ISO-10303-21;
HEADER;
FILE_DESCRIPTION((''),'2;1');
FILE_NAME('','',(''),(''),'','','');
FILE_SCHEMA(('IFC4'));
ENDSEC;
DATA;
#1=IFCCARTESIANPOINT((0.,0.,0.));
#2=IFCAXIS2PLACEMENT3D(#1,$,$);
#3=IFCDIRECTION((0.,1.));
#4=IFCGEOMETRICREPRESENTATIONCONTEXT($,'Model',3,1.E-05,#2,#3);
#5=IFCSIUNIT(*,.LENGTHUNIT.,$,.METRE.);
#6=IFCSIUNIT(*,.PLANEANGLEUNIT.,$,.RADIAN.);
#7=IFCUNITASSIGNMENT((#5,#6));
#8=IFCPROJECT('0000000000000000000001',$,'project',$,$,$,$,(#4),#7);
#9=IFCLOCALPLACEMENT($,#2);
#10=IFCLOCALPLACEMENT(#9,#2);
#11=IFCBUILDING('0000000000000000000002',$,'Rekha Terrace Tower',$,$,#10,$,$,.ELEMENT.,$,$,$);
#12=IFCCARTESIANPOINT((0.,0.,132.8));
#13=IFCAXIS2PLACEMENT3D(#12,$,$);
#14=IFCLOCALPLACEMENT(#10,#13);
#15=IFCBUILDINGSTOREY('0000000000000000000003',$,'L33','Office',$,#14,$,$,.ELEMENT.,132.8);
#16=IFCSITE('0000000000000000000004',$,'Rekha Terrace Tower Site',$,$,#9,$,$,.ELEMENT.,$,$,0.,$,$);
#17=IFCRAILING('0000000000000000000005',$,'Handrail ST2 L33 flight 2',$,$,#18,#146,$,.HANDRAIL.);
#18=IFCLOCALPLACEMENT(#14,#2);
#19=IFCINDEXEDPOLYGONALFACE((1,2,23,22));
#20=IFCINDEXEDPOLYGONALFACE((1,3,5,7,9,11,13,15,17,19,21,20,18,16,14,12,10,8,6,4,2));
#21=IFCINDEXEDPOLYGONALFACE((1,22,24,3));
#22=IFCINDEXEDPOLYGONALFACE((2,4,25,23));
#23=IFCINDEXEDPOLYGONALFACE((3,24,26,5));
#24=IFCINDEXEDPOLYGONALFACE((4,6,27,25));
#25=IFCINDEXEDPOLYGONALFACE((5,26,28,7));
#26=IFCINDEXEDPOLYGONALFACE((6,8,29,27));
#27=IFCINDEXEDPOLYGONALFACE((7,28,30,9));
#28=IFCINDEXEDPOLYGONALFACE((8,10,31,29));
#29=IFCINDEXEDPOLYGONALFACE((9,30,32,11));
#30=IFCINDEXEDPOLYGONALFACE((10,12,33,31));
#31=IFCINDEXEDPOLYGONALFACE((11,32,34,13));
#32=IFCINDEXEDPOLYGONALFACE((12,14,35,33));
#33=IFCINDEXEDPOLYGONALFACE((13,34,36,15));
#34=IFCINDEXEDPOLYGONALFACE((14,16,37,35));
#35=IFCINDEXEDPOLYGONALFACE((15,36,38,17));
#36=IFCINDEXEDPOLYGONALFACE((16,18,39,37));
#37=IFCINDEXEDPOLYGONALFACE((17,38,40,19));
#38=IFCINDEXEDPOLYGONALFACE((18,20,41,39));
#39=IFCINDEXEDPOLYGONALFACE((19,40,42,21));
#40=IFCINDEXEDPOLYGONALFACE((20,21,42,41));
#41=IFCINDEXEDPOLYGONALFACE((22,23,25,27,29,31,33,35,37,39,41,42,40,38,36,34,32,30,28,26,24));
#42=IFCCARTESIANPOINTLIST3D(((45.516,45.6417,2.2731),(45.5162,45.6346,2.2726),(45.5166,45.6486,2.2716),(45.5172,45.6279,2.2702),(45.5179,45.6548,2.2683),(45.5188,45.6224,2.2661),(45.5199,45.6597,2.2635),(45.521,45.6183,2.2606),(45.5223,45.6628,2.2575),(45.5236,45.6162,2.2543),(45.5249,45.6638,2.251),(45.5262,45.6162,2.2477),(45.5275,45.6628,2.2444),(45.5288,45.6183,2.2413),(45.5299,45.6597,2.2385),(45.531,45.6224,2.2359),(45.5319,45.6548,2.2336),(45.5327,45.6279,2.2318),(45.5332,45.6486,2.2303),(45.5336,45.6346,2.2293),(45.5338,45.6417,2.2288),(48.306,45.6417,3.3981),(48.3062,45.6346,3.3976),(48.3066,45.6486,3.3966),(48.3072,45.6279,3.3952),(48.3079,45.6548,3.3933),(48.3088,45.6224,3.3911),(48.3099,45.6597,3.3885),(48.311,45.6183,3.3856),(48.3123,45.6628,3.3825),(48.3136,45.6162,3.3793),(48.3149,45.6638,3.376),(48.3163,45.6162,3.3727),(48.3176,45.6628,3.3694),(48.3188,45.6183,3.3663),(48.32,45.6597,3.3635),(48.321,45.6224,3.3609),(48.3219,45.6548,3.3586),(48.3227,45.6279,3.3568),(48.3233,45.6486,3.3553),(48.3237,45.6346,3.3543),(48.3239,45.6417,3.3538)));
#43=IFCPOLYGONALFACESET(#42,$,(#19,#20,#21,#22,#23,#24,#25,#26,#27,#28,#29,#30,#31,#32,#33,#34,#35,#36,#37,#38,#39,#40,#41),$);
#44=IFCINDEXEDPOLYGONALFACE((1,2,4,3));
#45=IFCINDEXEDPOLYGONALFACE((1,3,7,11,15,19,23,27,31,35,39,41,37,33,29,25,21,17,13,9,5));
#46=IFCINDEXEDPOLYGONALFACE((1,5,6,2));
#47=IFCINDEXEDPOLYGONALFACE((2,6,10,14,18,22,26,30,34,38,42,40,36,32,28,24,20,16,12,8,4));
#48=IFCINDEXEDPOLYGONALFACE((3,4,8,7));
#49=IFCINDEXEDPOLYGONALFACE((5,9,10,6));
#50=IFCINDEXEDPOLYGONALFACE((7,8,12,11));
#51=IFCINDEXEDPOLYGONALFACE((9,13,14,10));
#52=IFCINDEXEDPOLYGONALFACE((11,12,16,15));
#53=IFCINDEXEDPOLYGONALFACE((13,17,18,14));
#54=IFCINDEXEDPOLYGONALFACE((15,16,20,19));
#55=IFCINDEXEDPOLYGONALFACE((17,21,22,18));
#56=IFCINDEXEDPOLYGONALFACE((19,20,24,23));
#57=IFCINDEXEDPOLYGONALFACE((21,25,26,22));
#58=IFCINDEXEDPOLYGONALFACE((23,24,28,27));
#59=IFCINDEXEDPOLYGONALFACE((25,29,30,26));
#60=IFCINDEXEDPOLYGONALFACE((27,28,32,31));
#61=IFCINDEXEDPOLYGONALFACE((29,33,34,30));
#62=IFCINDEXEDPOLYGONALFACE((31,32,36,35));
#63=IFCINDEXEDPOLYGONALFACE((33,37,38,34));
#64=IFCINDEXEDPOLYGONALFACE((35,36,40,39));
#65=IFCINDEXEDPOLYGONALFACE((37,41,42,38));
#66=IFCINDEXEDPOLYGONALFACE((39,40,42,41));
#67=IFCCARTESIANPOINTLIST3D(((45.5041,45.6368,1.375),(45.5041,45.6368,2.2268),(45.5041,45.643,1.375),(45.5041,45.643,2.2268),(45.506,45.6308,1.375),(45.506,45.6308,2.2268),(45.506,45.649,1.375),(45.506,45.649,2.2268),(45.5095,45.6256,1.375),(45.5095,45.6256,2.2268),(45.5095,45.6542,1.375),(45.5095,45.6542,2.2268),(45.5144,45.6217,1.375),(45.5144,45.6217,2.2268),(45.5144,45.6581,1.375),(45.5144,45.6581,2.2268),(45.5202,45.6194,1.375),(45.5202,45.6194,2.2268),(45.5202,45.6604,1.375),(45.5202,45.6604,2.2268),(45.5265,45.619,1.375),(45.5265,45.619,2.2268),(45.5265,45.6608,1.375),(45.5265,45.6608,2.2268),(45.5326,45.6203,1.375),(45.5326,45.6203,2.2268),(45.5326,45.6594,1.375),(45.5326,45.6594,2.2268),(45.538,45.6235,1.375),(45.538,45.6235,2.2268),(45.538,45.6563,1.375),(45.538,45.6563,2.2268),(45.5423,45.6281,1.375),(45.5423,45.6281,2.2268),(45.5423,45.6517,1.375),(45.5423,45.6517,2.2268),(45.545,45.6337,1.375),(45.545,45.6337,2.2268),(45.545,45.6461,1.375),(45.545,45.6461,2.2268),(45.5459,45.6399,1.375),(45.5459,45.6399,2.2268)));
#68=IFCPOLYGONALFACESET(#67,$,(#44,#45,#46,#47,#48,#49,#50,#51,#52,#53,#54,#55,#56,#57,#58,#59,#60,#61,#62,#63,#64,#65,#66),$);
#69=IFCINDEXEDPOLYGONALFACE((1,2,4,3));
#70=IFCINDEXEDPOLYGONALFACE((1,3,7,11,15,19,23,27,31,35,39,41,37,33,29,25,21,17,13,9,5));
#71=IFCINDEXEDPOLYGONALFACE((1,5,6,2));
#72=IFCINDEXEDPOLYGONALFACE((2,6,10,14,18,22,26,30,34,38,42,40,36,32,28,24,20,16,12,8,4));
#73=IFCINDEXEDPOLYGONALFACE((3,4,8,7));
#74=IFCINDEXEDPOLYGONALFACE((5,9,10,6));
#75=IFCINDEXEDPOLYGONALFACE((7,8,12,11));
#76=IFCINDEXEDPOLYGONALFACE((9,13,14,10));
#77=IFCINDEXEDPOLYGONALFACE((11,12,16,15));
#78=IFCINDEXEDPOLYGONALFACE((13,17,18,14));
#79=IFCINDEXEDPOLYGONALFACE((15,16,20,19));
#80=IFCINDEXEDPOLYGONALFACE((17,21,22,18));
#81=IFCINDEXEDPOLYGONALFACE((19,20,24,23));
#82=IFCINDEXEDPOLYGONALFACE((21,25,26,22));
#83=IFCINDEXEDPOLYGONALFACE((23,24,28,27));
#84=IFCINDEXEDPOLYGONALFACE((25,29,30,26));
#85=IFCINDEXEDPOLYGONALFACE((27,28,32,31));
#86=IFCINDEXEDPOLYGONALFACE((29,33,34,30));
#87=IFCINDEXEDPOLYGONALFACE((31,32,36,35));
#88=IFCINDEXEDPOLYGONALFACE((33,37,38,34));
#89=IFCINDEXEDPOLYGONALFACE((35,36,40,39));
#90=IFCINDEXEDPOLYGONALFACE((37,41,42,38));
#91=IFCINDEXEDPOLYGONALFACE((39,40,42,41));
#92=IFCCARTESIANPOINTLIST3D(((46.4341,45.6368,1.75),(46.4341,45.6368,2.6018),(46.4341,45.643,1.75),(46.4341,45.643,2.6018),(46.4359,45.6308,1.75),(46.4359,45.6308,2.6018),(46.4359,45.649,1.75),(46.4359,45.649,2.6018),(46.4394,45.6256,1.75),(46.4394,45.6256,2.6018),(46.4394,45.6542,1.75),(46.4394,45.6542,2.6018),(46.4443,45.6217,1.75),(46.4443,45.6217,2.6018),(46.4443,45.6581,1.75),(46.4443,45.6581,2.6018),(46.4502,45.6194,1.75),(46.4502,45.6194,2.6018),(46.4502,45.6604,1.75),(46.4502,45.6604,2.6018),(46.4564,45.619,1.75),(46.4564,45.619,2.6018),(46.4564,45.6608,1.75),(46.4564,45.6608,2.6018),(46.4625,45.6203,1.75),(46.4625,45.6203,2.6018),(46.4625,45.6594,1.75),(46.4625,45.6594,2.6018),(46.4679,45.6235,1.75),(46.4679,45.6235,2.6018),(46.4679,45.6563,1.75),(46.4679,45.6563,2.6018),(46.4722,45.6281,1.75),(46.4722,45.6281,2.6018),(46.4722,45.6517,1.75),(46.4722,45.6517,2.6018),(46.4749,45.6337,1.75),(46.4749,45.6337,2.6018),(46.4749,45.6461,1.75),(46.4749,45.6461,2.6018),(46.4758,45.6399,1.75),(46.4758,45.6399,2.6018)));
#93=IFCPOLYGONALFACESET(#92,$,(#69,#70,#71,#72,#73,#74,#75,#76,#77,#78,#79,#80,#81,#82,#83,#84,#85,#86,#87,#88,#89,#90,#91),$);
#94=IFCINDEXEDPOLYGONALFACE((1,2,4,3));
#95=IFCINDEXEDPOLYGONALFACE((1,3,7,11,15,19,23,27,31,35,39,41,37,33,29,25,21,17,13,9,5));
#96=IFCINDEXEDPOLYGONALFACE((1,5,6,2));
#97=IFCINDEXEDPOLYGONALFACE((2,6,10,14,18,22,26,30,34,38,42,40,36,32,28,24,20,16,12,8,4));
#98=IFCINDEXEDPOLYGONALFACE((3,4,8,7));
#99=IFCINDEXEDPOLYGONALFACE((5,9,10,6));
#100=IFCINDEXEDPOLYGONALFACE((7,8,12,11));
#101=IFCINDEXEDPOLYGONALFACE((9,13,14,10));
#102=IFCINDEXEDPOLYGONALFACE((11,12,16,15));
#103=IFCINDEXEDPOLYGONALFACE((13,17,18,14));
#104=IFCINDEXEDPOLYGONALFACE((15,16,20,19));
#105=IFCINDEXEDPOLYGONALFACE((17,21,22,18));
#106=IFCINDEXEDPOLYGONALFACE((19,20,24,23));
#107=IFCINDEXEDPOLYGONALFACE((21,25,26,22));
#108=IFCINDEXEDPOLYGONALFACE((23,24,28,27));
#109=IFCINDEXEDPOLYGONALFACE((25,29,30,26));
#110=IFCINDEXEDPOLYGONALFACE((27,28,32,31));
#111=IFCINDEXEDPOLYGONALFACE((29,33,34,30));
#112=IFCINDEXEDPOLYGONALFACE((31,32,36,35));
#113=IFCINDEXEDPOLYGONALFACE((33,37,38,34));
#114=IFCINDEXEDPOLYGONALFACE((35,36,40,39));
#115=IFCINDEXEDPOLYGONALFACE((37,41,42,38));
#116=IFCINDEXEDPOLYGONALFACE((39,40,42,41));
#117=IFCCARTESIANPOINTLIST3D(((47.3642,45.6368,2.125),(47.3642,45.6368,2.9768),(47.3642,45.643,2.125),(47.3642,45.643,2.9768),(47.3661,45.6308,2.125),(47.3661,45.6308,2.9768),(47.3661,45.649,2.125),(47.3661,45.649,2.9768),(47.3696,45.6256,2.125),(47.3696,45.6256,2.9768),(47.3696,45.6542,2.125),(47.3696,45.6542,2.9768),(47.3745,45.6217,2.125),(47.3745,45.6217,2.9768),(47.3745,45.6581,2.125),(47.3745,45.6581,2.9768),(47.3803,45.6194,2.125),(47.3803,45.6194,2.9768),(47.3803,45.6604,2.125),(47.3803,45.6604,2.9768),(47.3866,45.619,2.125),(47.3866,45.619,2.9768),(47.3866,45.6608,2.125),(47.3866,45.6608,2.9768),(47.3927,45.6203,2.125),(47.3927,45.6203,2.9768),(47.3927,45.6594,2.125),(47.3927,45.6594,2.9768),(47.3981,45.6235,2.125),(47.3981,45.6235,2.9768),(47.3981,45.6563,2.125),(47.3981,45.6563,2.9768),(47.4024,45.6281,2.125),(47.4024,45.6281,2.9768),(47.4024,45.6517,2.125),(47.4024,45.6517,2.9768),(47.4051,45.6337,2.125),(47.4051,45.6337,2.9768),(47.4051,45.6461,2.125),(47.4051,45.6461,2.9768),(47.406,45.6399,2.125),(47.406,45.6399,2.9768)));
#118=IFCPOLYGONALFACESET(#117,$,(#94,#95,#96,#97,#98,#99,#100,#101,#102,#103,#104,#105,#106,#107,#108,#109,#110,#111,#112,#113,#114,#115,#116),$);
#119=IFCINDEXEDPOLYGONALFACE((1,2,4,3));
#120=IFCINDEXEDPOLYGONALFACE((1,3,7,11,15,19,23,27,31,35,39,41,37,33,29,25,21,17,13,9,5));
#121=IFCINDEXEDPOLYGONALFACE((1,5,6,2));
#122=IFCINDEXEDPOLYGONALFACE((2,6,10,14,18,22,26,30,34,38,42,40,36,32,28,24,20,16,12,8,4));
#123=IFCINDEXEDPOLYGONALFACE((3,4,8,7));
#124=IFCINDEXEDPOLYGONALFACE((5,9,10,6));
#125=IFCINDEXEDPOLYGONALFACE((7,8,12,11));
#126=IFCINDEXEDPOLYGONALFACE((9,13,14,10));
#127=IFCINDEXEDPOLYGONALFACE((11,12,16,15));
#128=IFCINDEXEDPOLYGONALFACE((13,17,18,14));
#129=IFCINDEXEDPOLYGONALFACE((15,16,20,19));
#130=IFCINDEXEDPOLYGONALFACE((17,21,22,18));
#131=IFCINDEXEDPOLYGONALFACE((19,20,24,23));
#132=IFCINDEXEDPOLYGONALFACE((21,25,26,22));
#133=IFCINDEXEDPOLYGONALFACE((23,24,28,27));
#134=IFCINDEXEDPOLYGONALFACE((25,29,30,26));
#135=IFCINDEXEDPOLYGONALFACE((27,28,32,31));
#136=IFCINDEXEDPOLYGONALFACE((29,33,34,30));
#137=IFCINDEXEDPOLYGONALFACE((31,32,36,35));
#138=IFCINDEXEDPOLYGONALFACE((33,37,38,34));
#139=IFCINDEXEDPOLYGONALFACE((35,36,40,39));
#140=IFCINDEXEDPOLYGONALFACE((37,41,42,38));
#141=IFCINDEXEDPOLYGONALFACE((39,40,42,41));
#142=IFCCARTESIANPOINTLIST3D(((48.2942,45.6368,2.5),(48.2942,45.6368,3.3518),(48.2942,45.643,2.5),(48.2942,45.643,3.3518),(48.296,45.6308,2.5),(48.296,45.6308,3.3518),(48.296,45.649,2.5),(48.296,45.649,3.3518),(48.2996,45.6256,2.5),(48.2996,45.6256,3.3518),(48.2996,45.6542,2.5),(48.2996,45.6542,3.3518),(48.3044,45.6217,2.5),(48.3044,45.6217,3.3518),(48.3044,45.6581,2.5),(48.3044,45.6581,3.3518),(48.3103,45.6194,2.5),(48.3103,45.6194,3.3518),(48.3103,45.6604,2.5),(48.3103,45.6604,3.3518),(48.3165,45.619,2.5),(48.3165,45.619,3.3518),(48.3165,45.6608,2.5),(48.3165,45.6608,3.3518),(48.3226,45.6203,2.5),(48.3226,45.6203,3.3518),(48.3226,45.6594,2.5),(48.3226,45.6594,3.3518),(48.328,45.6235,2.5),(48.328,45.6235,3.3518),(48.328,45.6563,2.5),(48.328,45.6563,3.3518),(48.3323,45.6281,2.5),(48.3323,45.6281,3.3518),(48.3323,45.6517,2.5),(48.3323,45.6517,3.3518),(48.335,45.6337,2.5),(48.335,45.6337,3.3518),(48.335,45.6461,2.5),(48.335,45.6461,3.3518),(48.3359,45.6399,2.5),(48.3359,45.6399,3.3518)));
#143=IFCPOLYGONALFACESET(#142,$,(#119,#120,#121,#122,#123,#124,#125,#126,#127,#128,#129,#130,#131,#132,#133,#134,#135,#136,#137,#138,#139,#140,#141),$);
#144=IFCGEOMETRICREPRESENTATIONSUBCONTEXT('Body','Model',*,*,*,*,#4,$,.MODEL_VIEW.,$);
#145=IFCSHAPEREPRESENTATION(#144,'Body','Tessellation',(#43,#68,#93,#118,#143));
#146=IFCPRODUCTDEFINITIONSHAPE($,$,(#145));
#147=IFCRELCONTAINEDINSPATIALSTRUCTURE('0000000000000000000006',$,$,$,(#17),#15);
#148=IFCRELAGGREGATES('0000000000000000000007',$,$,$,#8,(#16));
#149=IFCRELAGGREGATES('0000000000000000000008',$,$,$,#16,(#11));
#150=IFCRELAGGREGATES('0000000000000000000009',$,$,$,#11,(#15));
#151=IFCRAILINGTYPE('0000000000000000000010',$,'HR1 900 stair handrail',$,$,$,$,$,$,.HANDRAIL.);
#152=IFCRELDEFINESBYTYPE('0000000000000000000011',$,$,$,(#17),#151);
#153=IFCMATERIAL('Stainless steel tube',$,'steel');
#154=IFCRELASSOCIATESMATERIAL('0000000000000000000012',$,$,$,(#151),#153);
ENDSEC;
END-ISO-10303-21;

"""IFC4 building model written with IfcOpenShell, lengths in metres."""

from ifc_helpers import new_model, si_unit, direction, frame, origin, origin_2d, place, context, subcontext, project, spatial, circle, extrude, material, type_object, element, save


model = new_model("IFC4")

# Units and contexts
model_context = context("Model", 3, precision=1e-05, world=origin(), true_north=direction((0.0, 1.0)))
body_context = subcontext(model_context, "Body", "Model", "MODEL_VIEW")
ifc_project = project(units=[si_unit("LENGTHUNIT", "METRE"), si_unit("PLANEANGLEUNIT", "RADIAN")], contexts=[model_context])

# Site, building, storey
site_placement = place(None, origin())
site = spatial("IfcSite", under=ifc_project, at=site_placement, Name="Rekha Terrace Tower Site", CompositionType="ELEMENT", RefElevation=0.0)
building_placement = place(site_placement, origin())
building = spatial("IfcBuilding", under=site, at=building_placement, Name="Rekha Terrace Tower", CompositionType="ELEMENT")
storey_placement = place(building_placement, frame((0.0, 0.0, 132.8)))
storey = spatial("IfcBuildingStorey", under=building, at=storey_placement, Name="L33", Description="Office", CompositionType="ELEMENT", Elevation=132.8)

# Railing
ifc_material_1 = material(Name="Stainless steel tube", Category="steel")
railing_type = type_object("IfcRailingType", Name="HR1 900 stair handrail", PredefinedType="HANDRAIL", material=ifc_material_1)
railing_placement = place(storey_placement, frame((45.5249, 45.6399, 1.375)))
element("IfcRailing", 1, at=railing_placement, inside=storey, type_object=railing_type, Name="Handrail ST2 L33 flight 2", PredefinedType="HANDRAIL", context=body_context, shape_type="SweptSolid", body=[
    extrude(circle(Radius=0.0239, at=origin_2d()), frame((0.0, 0.0, 0.876), z_axis=(0.927443, 0.0, 0.373964), x_axis=(0.0, 1.0, 0.0)), (0.0, 0.0, 1.0), 3.0083),
    extrude(circle(Radius=0.021, at=origin_2d()), origin(), (0.0, 0.0, 1.0), 0.8518),
    extrude(circle(Radius=0.021, at=origin_2d()), frame((0.9299, 0.0, 0.375)), (0.0, 0.0, 1.0), 0.8518),
    extrude(circle(Radius=0.021, at=origin_2d()), frame((1.8601, 0.0, 0.75)), (0.0, 0.0, 1.0), 0.8518),
    extrude(circle(Radius=0.021, at=origin_2d()), frame((2.79, 0.0, 1.125)), (0.0, 0.0, 1.0), 0.8518),
])

save(model, "model.ifc")
